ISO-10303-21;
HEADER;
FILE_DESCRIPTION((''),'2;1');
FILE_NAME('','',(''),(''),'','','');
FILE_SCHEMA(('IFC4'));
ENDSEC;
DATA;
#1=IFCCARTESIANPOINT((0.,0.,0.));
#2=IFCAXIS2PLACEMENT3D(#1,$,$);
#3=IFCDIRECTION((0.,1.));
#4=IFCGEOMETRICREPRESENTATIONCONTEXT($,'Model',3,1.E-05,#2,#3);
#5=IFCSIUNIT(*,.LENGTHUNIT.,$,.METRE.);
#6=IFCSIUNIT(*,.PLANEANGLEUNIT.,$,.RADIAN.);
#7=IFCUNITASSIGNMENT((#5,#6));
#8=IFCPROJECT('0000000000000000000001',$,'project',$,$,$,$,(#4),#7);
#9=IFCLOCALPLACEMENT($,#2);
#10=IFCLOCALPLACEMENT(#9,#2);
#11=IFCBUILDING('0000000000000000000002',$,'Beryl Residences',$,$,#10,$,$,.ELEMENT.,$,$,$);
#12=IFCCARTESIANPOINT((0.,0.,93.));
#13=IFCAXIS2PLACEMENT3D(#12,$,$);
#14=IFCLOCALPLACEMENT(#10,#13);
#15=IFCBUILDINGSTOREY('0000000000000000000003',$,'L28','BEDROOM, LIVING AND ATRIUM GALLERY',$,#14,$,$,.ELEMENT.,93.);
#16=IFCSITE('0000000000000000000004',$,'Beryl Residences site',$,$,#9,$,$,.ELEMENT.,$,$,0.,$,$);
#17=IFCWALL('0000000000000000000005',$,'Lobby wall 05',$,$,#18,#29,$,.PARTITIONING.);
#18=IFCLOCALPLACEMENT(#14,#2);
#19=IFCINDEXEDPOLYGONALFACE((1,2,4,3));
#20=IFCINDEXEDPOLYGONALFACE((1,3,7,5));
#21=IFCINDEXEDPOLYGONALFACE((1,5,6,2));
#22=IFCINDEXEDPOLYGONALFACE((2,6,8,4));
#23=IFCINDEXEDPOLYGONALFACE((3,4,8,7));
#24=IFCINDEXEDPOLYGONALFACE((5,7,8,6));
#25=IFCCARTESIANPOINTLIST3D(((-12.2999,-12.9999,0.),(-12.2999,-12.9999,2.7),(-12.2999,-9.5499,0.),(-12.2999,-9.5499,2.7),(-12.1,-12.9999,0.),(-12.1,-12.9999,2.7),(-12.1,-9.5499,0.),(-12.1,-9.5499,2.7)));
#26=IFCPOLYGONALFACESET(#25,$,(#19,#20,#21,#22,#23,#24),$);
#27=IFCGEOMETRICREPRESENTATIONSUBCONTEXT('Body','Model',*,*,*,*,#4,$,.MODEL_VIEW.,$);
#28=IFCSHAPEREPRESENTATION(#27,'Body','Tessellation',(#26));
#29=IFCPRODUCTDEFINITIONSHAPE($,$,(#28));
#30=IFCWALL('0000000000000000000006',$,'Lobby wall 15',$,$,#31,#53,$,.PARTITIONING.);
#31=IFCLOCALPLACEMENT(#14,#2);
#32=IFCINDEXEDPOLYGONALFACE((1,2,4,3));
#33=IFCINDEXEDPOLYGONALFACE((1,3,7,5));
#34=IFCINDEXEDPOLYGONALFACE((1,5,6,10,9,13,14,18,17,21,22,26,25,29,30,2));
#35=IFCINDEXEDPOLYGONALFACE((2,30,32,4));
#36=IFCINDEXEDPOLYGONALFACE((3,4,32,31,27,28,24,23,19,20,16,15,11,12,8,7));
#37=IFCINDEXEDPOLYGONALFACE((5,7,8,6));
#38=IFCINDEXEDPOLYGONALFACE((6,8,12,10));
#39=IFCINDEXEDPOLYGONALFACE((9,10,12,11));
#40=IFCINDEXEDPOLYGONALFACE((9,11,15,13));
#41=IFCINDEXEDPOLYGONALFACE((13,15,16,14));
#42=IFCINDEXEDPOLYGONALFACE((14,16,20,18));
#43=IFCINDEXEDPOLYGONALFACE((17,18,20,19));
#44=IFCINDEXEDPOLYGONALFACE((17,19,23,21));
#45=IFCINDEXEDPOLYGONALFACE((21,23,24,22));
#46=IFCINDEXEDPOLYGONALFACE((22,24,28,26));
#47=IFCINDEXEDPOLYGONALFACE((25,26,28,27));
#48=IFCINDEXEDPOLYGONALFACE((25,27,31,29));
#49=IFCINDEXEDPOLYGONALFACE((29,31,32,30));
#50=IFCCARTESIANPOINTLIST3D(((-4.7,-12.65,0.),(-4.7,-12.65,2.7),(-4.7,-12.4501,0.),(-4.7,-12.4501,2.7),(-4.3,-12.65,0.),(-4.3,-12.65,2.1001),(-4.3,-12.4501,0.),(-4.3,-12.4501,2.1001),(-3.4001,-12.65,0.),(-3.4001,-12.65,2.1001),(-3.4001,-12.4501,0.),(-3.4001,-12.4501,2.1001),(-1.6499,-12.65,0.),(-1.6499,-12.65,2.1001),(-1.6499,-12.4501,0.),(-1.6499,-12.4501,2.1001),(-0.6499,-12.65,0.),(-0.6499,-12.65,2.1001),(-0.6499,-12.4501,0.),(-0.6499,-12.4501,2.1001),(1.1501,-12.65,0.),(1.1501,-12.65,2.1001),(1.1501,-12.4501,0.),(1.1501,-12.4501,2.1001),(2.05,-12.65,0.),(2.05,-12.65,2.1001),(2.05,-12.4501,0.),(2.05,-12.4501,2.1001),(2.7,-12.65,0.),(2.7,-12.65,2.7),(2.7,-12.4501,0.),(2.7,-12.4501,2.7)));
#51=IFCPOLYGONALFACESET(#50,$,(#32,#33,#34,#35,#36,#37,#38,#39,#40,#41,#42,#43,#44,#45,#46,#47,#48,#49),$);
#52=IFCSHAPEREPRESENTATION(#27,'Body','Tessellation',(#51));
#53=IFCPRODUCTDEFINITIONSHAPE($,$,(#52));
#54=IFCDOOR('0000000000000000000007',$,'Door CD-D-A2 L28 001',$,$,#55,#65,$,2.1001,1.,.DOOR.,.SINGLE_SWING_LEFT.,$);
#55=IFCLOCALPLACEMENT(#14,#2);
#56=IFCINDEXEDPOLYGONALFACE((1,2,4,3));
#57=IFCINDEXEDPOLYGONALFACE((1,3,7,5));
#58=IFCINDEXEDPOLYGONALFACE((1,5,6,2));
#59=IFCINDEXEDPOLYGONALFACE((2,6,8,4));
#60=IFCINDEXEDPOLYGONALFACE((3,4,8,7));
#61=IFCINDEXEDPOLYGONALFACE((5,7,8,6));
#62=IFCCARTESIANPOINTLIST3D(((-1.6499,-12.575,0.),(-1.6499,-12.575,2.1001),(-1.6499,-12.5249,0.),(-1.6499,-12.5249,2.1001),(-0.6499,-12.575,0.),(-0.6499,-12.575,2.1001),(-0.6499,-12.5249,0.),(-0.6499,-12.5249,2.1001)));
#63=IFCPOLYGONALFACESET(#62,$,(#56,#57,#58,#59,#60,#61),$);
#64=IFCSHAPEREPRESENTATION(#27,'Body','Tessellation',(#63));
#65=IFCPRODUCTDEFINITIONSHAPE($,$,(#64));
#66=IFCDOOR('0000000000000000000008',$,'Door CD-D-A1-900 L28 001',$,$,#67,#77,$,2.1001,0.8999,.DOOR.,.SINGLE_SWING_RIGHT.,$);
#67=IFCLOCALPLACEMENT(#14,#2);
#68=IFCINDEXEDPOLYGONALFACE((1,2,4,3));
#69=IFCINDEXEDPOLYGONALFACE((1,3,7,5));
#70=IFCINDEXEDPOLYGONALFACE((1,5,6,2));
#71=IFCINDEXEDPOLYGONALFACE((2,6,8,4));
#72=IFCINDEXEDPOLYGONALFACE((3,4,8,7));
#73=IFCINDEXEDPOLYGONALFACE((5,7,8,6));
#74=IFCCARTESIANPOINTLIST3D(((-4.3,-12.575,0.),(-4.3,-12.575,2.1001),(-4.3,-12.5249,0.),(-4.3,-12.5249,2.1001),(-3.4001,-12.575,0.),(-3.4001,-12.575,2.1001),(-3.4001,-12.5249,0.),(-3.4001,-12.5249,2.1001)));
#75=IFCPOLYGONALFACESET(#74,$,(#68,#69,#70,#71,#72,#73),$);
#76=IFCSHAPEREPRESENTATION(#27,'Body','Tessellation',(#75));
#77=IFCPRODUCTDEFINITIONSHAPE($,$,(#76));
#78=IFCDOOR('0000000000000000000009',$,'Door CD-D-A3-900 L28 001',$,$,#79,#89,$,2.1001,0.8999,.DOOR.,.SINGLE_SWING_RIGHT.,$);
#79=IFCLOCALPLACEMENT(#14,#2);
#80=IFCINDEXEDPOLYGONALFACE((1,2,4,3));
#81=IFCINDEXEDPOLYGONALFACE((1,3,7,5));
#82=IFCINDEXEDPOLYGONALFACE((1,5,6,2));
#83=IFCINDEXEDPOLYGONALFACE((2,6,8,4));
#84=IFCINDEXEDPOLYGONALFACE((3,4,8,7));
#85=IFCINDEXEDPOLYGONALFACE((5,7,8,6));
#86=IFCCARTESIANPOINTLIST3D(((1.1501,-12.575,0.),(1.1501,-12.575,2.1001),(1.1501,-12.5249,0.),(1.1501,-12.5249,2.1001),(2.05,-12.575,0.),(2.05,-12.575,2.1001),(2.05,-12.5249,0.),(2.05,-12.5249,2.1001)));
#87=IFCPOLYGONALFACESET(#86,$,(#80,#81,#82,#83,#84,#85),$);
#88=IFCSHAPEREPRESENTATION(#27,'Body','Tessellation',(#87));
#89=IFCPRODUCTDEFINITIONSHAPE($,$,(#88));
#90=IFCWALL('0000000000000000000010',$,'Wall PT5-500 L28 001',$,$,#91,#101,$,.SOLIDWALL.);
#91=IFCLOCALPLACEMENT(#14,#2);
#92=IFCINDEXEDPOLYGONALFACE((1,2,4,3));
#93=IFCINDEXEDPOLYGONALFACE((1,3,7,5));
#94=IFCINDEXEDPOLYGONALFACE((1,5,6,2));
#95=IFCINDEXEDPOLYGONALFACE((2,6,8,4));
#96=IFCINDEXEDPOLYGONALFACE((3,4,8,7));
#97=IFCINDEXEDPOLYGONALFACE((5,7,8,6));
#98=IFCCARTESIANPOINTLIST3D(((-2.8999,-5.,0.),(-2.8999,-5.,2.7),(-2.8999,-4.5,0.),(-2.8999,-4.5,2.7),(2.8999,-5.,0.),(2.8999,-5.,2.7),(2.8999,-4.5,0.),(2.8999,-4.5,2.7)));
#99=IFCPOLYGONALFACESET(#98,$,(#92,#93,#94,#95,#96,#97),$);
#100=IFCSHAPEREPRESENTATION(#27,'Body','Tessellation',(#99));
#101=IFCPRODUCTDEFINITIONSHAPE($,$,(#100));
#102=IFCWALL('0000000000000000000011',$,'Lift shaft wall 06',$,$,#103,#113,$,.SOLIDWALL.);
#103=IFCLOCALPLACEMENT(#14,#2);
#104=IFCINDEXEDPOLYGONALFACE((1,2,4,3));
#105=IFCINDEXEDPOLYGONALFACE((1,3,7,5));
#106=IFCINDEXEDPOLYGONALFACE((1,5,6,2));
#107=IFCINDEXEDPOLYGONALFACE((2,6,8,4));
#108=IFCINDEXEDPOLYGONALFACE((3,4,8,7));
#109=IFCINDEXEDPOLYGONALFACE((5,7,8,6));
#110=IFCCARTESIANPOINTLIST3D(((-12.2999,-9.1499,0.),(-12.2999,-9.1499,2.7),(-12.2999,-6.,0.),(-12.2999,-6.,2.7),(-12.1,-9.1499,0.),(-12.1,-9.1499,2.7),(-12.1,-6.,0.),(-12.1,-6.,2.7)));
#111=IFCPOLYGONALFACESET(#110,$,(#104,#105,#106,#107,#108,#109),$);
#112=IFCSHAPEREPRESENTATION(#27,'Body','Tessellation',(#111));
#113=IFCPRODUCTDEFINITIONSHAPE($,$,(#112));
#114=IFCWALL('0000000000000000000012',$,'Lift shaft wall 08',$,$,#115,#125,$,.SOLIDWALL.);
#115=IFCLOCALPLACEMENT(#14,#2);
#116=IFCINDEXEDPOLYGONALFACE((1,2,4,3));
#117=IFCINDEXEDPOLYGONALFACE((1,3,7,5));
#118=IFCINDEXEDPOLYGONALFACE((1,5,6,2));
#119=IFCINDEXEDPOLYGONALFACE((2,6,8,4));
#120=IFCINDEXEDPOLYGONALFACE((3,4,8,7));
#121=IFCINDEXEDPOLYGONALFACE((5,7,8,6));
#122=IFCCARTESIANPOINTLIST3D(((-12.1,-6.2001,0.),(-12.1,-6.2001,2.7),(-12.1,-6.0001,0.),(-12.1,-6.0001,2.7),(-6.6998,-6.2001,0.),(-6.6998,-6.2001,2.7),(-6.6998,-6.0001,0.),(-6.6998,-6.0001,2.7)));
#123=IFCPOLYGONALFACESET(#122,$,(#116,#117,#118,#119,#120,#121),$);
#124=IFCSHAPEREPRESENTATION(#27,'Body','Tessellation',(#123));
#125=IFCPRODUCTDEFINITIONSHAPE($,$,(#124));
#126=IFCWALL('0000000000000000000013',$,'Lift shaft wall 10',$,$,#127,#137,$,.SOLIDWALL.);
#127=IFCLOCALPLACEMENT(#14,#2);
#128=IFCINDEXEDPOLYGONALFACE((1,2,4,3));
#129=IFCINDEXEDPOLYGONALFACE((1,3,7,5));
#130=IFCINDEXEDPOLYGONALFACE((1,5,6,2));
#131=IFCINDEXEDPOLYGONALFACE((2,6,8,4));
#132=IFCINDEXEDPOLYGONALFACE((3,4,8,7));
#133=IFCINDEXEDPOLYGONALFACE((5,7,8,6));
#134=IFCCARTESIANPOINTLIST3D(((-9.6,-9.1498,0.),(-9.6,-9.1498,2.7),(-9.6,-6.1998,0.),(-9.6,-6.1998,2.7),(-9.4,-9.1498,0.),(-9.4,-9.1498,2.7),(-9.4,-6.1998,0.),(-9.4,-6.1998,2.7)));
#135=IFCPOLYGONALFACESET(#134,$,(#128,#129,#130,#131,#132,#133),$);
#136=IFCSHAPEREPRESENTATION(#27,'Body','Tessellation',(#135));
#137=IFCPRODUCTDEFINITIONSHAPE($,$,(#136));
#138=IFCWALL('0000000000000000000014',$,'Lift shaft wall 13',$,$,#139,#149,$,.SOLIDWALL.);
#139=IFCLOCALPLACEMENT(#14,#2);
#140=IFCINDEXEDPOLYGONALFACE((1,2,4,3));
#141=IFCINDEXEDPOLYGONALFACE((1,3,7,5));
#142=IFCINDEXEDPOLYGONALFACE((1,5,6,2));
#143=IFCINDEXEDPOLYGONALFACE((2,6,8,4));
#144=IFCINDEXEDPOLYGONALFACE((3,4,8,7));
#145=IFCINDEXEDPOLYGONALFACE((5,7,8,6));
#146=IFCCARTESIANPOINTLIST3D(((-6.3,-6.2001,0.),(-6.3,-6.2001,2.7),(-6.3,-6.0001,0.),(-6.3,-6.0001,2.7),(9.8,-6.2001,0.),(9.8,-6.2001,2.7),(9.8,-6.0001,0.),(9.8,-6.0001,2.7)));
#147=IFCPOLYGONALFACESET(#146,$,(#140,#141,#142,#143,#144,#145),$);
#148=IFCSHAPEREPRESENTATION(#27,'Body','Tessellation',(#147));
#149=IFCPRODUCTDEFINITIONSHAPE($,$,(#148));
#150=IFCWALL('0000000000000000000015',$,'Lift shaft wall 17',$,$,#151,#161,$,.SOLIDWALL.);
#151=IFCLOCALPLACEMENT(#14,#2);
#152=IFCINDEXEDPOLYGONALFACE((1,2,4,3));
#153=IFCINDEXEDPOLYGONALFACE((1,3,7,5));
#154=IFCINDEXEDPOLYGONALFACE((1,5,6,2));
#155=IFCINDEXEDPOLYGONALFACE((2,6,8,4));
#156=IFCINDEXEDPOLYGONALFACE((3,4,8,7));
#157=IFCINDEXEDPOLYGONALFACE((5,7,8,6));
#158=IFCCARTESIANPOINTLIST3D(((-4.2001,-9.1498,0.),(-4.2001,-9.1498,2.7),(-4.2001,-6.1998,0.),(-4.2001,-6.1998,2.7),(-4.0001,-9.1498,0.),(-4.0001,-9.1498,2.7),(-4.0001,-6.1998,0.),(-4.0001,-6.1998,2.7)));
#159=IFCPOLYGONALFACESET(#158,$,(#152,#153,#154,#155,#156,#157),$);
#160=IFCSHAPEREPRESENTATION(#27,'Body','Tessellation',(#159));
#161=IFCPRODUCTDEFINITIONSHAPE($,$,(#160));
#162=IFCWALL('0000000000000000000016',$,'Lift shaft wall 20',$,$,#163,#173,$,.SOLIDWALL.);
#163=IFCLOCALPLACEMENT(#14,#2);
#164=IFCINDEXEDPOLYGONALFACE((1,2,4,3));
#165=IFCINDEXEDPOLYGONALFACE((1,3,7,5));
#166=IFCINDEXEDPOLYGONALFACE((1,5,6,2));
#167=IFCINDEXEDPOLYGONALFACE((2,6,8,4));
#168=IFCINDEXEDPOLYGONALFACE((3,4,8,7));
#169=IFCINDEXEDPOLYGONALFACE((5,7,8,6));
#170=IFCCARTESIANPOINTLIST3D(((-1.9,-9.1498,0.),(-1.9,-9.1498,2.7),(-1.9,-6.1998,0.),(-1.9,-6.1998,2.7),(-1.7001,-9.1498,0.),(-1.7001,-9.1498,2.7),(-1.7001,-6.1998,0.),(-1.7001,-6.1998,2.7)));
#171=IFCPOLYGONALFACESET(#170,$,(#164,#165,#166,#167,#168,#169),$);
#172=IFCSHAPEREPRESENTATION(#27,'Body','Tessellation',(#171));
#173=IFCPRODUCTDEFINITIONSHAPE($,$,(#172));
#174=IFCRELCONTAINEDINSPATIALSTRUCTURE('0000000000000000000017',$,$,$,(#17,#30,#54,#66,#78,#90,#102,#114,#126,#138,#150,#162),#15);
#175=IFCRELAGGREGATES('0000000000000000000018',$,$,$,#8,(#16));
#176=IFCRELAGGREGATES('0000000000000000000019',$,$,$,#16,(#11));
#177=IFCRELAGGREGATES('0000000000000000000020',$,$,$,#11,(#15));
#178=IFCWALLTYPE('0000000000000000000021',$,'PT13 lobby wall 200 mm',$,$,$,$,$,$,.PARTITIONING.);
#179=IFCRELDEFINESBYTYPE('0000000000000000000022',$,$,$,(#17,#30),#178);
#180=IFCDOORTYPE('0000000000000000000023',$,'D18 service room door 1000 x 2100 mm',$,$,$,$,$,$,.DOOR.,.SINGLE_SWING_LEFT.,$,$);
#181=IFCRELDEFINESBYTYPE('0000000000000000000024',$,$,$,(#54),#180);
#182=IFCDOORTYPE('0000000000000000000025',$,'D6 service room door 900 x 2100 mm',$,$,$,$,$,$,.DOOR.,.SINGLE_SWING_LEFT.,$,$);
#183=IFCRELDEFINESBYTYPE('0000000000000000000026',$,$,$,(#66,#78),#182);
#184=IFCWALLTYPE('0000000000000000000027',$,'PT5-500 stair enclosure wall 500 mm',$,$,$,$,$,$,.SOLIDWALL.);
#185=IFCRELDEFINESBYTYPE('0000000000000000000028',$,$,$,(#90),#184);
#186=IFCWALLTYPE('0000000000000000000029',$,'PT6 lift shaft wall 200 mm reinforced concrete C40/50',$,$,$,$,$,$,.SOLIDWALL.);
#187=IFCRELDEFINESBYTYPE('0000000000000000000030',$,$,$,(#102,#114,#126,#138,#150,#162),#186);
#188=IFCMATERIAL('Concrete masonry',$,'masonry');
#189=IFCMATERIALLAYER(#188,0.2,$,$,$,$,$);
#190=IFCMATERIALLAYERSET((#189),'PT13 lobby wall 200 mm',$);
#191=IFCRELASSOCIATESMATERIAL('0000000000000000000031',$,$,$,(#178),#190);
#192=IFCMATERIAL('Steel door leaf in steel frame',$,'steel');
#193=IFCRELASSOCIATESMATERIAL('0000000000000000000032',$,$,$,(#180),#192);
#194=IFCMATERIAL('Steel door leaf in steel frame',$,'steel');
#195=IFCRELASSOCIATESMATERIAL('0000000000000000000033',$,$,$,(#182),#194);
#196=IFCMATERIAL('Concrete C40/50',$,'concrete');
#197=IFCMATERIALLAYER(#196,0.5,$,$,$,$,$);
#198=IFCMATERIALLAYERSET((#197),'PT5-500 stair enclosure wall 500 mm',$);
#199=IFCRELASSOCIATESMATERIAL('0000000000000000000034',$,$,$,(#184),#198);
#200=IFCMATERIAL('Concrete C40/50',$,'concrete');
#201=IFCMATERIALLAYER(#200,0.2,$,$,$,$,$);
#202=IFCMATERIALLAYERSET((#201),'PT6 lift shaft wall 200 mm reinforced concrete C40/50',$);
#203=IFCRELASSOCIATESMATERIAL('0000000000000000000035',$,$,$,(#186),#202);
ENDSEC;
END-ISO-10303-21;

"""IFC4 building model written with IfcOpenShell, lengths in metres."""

from ifc_helpers import new_model, si_unit, direction, frame, frame_2d, origin, place, context, subcontext, project, spatial, rectangle, extrude, material, layer, layer_set, type_object, element, fill, save


model = new_model("IFC4")

# Units and contexts
model_context = context("Model", 3, precision=1e-05, world=origin(), true_north=direction((0.0, 1.0)))
body_context = subcontext(model_context, "Body", "Model", "MODEL_VIEW")
ifc_project = project(units=[si_unit("LENGTHUNIT", "METRE"), si_unit("PLANEANGLEUNIT", "RADIAN")], contexts=[model_context])

# Site, building, storey
site_placement = place(None, origin())
site = spatial("IfcSite", under=ifc_project, at=site_placement, Name="Beryl Residences site", CompositionType="ELEMENT", RefElevation=0.0)
building_placement = place(site_placement, origin())
building = spatial("IfcBuilding", under=site, at=building_placement, Name="Beryl Residences", CompositionType="ELEMENT")
storey_placement = place(building_placement, frame((0.0, 0.0, 93.0)))
storey = spatial("IfcBuildingStorey", under=building, at=storey_placement, Name="L28", Description="BEDROOM, LIVING AND ATRIUM GALLERY", CompositionType="ELEMENT", Elevation=93.0)

# Wall
ifc_material_1 = material(Name="Concrete masonry", Category="masonry")
ifc_layer_1 = layer(ifc_material_1, 0.2)
ifc_layer_set_1 = layer_set([ifc_layer_1], Name="PT13 lobby wall 200 mm")
wall_type_1 = type_object("IfcWallType", Name="PT13 lobby wall 200 mm", PredefinedType="PARTITIONING", material=ifc_layer_set_1)
wall_1_placement = place(storey_placement, frame((-12.2, -13.0, 0.0), z_axis=(0.0, 0.0, 1.0), x_axis=(0.0, 1.0, 0.0)))
element("IfcWall", 1, at=wall_1_placement, inside=storey, type_object=wall_type_1, Name="Lobby wall 05", PredefinedType="PARTITIONING", context=body_context, shape_type="SweptSolid", body=[
    extrude(rectangle(XDim=3.45, YDim=0.2, at=frame_2d((1.7251, 0.0))), origin(), (0.0, 0.0, 1.0), 2.7),
])

# Wall, openings, doors
wall_2_placement = place(storey_placement, frame((-4.7, -12.55, 0.0), z_axis=(0.0, 0.0, 1.0), x_axis=(1.0, 0.0, 0.0)))
wall_2 = element("IfcWall", 2, at=wall_2_placement, inside=storey, type_object=wall_type_1, Name="Lobby wall 15", PredefinedType="PARTITIONING", context=body_context, shape_type="SweptSolid", body=[
    extrude(rectangle(XDim=7.3999, YDim=0.2, at=frame_2d((3.7, 0.0))), origin(), (0.0, 0.0, 1.0), 2.7),
])
opening_1_placement = place(wall_2_placement, frame((1.2998, 0.0, 0.0), z_axis=(0.0, 0.0, 1.0), x_axis=(-1.0, 0.0, 0.0)))
opening_1 = element("IfcOpeningElement", 3, at=opening_1_placement, cuts=wall_2, PredefinedType="OPENING", context=body_context, shape_type="SweptSolid", body=[
    extrude(rectangle(XDim=0.8999, YDim=2.1001, at=frame_2d((0.45, 1.05))), frame((0.0, 0.1099, 0.0), z_axis=(0.0, -1.0, 0.0), x_axis=(1.0, 0.0, 0.0)), (0.0, 0.0, 1.0), 0.22),
])
opening_2_placement = place(wall_2_placement, frame((4.05, 0.0, 0.0), z_axis=(0.0, 0.0, 1.0), x_axis=(-1.0, 0.0, 0.0)))
opening_2 = element("IfcOpeningElement", 4, at=opening_2_placement, cuts=wall_2, PredefinedType="OPENING", context=body_context, shape_type="SweptSolid", body=[
    extrude(rectangle(XDim=1.0, YDim=2.1001, at=frame_2d((0.5, 1.05))), frame((0.0, 0.1099, 0.0), z_axis=(0.0, -1.0, 0.0), x_axis=(1.0, 0.0, 0.0)), (0.0, 0.0, 1.0), 0.22),
])
opening_3_placement = place(wall_2_placement, frame((6.75, 0.0, 0.0), z_axis=(0.0, 0.0, 1.0), x_axis=(-1.0, 0.0, 0.0)))
opening_3 = element("IfcOpeningElement", 5, at=opening_3_placement, cuts=wall_2, PredefinedType="OPENING", context=body_context, shape_type="SweptSolid", body=[
    extrude(rectangle(XDim=0.8999, YDim=2.1001, at=frame_2d((0.45, 1.05))), frame((0.0, 0.1099, 0.0), z_axis=(0.0, -1.0, 0.0), x_axis=(1.0, 0.0, 0.0)), (0.0, 0.0, 1.0), 0.22),
])
ifc_material_2 = material(Name="Steel door leaf in steel frame", Category="steel")
door_type_1 = type_object("IfcDoorType", Name="D18 service room door 1000 x 2100 mm", OperationType="SINGLE_SWING_LEFT", PredefinedType="DOOR", material=ifc_material_2)
door_1_placement = place(opening_2_placement, origin())
door_1 = element("IfcDoor", 6, at=door_1_placement, inside=storey, type_object=door_type_1, Name="Door CD-D-A2 L28 001", OperationType="SINGLE_SWING_LEFT", OverallHeight=2.1001, OverallWidth=1.0, PredefinedType="DOOR", context=body_context, shape_type="SweptSolid", body=[
    extrude(rectangle(XDim=1.0, YDim=2.1001, at=frame_2d((0.5, 1.05))), frame((0.0, 0.0249, 0.0), z_axis=(0.0, -1.0, 0.0), x_axis=(1.0, 0.0, 0.0)), (0.0, 0.0, 1.0), 0.05),
])
fill(opening_2, door_1)
ifc_material_3 = material(Name="Steel door leaf in steel frame", Category="steel")
door_type_2 = type_object("IfcDoorType", Name="D6 service room door 900 x 2100 mm", OperationType="SINGLE_SWING_LEFT", PredefinedType="DOOR", material=ifc_material_3)
door_2_placement = place(opening_1_placement, origin())
door_2 = element("IfcDoor", 7, at=door_2_placement, inside=storey, type_object=door_type_2, Name="Door CD-D-A1-900 L28 001", OperationType="SINGLE_SWING_RIGHT", OverallHeight=2.1001, OverallWidth=0.8999, PredefinedType="DOOR", context=body_context, shape_type="SweptSolid", body=[
    extrude(rectangle(XDim=0.8999, YDim=2.1001, at=frame_2d((0.45, 1.05))), frame((0.0, 0.0249, 0.0), z_axis=(0.0, -1.0, 0.0), x_axis=(1.0, 0.0, 0.0)), (0.0, 0.0, 1.0), 0.05),
])
fill(opening_1, door_2)
door_3_placement = place(opening_3_placement, origin())
door_3 = element("IfcDoor", 8, at=door_3_placement, inside=storey, type_object=door_type_2, Name="Door CD-D-A3-900 L28 001", OperationType="SINGLE_SWING_RIGHT", OverallHeight=2.1001, OverallWidth=0.8999, PredefinedType="DOOR", context=body_context, shape_type="SweptSolid", body=[
    extrude(rectangle(XDim=0.8999, YDim=2.1001, at=frame_2d((0.45, 1.05))), frame((0.0, 0.0249, 0.0), z_axis=(0.0, -1.0, 0.0), x_axis=(1.0, 0.0, 0.0)), (0.0, 0.0, 1.0), 0.05),
])
fill(opening_3, door_3)

# Walls
ifc_material_4 = material(Name="Concrete C40/50", Category="concrete")
ifc_layer_2 = layer(ifc_material_4, 0.5)
ifc_layer_set_2 = layer_set([ifc_layer_2], Name="PT5-500 stair enclosure wall 500 mm")
wall_type_2 = type_object("IfcWallType", Name="PT5-500 stair enclosure wall 500 mm", PredefinedType="SOLIDWALL", material=ifc_layer_set_2)
wall_3_placement = place(storey_placement, frame((-2.8999, -4.75, 0.0), z_axis=(0.0, 0.0, 1.0), x_axis=(1.0, 0.0, 0.0)))
element("IfcWall", 9, at=wall_3_placement, inside=storey, type_object=wall_type_2, Name="Wall PT5-500 L28 001", PredefinedType="SOLIDWALL", context=body_context, shape_type="SweptSolid", body=[
    extrude(rectangle(XDim=5.7998, YDim=0.5, at=frame_2d((2.8999, 0.0))), origin(), (0.0, 0.0, 1.0), 2.7),
])
ifc_material_5 = material(Name="Concrete C40/50", Category="concrete")
ifc_layer_3 = layer(ifc_material_5, 0.2)
ifc_layer_set_3 = layer_set([ifc_layer_3], Name="PT6 lift shaft wall 200 mm reinforced concrete C40/50")
wall_type_3 = type_object("IfcWallType", Name="PT6 lift shaft wall 200 mm reinforced concrete C40/50", PredefinedType="SOLIDWALL", material=ifc_layer_set_3)
wall_4_placement = place(storey_placement, frame((-12.2, -9.1499, 0.0), z_axis=(0.0, 0.0, 1.0), x_axis=(0.0, 1.0, 0.0)))
element("IfcWall", 10, at=wall_4_placement, inside=storey, type_object=wall_type_3, Name="Lift shaft wall 06", PredefinedType="SOLIDWALL", context=body_context, shape_type="SweptSolid", body=[
    extrude(rectangle(XDim=3.1499, YDim=0.2, at=frame_2d((1.575, 0.0))), origin(), (0.0, 0.0, 1.0), 2.7),
])
wall_5_placement = place(storey_placement, frame((-12.1001, -6.1001, 0.0), z_axis=(0.0, 0.0, 1.0), x_axis=(1.0, 0.0, 0.0)))
element("IfcWall", 11, at=wall_5_placement, inside=storey, type_object=wall_type_3, Name="Lift shaft wall 08", PredefinedType="SOLIDWALL", context=body_context, shape_type="SweptSolid", body=[
    extrude(rectangle(XDim=5.4001, YDim=0.2, at=frame_2d((2.7002, 0.0))), origin(), (0.0, 0.0, 1.0), 2.7),
])
wall_6_placement = place(storey_placement, frame((-9.5, -9.1499, 0.0), z_axis=(0.0, 0.0, 1.0), x_axis=(0.0, 1.0, 0.0)))
element("IfcWall", 12, at=wall_6_placement, inside=storey, type_object=wall_type_3, Name="Lift shaft wall 10", PredefinedType="SOLIDWALL", context=body_context, shape_type="SweptSolid", body=[
    extrude(rectangle(XDim=2.95, YDim=0.2, at=frame_2d((1.4751, 0.0))), origin(), (0.0, 0.0, 1.0), 2.7),
])
wall_7_placement = place(storey_placement, frame((-6.3, -6.1001, 0.0), z_axis=(0.0, 0.0, 1.0), x_axis=(1.0, 0.0, 0.0)))
element("IfcWall", 13, at=wall_7_placement, inside=storey, type_object=wall_type_3, Name="Lift shaft wall 13", PredefinedType="SOLIDWALL", context=body_context, shape_type="SweptSolid", body=[
    extrude(rectangle(XDim=16.1001, YDim=0.2, at=frame_2d((8.05, 0.0))), origin(), (0.0, 0.0, 1.0), 2.7),
])
for number, where, z_axis, x_axis, name in (
    (14, (-4.1001, -9.1499, 0.0), (0.0, 0.0, 1.0), (0.0, 1.0, 0.0), "Lift shaft wall 17"),
    (15, (-1.8, -9.1499, 0.0), (0.0, 0.0, 1.0), (0.0, 1.0, 0.0), "Lift shaft wall 20"),
):
    element("IfcWall", number, at=place(storey_placement, frame(where, z_axis=z_axis, x_axis=x_axis)), inside=storey, type_object=wall_type_3, Name=name, PredefinedType="SOLIDWALL", context=body_context, shape_type="SweptSolid", body=[
        extrude(rectangle(XDim=2.95, YDim=0.2, at=frame_2d((1.4751, 0.0))), origin(), (0.0, 0.0, 1.0), 2.7),
    ])

save(model, "model.ifc")
